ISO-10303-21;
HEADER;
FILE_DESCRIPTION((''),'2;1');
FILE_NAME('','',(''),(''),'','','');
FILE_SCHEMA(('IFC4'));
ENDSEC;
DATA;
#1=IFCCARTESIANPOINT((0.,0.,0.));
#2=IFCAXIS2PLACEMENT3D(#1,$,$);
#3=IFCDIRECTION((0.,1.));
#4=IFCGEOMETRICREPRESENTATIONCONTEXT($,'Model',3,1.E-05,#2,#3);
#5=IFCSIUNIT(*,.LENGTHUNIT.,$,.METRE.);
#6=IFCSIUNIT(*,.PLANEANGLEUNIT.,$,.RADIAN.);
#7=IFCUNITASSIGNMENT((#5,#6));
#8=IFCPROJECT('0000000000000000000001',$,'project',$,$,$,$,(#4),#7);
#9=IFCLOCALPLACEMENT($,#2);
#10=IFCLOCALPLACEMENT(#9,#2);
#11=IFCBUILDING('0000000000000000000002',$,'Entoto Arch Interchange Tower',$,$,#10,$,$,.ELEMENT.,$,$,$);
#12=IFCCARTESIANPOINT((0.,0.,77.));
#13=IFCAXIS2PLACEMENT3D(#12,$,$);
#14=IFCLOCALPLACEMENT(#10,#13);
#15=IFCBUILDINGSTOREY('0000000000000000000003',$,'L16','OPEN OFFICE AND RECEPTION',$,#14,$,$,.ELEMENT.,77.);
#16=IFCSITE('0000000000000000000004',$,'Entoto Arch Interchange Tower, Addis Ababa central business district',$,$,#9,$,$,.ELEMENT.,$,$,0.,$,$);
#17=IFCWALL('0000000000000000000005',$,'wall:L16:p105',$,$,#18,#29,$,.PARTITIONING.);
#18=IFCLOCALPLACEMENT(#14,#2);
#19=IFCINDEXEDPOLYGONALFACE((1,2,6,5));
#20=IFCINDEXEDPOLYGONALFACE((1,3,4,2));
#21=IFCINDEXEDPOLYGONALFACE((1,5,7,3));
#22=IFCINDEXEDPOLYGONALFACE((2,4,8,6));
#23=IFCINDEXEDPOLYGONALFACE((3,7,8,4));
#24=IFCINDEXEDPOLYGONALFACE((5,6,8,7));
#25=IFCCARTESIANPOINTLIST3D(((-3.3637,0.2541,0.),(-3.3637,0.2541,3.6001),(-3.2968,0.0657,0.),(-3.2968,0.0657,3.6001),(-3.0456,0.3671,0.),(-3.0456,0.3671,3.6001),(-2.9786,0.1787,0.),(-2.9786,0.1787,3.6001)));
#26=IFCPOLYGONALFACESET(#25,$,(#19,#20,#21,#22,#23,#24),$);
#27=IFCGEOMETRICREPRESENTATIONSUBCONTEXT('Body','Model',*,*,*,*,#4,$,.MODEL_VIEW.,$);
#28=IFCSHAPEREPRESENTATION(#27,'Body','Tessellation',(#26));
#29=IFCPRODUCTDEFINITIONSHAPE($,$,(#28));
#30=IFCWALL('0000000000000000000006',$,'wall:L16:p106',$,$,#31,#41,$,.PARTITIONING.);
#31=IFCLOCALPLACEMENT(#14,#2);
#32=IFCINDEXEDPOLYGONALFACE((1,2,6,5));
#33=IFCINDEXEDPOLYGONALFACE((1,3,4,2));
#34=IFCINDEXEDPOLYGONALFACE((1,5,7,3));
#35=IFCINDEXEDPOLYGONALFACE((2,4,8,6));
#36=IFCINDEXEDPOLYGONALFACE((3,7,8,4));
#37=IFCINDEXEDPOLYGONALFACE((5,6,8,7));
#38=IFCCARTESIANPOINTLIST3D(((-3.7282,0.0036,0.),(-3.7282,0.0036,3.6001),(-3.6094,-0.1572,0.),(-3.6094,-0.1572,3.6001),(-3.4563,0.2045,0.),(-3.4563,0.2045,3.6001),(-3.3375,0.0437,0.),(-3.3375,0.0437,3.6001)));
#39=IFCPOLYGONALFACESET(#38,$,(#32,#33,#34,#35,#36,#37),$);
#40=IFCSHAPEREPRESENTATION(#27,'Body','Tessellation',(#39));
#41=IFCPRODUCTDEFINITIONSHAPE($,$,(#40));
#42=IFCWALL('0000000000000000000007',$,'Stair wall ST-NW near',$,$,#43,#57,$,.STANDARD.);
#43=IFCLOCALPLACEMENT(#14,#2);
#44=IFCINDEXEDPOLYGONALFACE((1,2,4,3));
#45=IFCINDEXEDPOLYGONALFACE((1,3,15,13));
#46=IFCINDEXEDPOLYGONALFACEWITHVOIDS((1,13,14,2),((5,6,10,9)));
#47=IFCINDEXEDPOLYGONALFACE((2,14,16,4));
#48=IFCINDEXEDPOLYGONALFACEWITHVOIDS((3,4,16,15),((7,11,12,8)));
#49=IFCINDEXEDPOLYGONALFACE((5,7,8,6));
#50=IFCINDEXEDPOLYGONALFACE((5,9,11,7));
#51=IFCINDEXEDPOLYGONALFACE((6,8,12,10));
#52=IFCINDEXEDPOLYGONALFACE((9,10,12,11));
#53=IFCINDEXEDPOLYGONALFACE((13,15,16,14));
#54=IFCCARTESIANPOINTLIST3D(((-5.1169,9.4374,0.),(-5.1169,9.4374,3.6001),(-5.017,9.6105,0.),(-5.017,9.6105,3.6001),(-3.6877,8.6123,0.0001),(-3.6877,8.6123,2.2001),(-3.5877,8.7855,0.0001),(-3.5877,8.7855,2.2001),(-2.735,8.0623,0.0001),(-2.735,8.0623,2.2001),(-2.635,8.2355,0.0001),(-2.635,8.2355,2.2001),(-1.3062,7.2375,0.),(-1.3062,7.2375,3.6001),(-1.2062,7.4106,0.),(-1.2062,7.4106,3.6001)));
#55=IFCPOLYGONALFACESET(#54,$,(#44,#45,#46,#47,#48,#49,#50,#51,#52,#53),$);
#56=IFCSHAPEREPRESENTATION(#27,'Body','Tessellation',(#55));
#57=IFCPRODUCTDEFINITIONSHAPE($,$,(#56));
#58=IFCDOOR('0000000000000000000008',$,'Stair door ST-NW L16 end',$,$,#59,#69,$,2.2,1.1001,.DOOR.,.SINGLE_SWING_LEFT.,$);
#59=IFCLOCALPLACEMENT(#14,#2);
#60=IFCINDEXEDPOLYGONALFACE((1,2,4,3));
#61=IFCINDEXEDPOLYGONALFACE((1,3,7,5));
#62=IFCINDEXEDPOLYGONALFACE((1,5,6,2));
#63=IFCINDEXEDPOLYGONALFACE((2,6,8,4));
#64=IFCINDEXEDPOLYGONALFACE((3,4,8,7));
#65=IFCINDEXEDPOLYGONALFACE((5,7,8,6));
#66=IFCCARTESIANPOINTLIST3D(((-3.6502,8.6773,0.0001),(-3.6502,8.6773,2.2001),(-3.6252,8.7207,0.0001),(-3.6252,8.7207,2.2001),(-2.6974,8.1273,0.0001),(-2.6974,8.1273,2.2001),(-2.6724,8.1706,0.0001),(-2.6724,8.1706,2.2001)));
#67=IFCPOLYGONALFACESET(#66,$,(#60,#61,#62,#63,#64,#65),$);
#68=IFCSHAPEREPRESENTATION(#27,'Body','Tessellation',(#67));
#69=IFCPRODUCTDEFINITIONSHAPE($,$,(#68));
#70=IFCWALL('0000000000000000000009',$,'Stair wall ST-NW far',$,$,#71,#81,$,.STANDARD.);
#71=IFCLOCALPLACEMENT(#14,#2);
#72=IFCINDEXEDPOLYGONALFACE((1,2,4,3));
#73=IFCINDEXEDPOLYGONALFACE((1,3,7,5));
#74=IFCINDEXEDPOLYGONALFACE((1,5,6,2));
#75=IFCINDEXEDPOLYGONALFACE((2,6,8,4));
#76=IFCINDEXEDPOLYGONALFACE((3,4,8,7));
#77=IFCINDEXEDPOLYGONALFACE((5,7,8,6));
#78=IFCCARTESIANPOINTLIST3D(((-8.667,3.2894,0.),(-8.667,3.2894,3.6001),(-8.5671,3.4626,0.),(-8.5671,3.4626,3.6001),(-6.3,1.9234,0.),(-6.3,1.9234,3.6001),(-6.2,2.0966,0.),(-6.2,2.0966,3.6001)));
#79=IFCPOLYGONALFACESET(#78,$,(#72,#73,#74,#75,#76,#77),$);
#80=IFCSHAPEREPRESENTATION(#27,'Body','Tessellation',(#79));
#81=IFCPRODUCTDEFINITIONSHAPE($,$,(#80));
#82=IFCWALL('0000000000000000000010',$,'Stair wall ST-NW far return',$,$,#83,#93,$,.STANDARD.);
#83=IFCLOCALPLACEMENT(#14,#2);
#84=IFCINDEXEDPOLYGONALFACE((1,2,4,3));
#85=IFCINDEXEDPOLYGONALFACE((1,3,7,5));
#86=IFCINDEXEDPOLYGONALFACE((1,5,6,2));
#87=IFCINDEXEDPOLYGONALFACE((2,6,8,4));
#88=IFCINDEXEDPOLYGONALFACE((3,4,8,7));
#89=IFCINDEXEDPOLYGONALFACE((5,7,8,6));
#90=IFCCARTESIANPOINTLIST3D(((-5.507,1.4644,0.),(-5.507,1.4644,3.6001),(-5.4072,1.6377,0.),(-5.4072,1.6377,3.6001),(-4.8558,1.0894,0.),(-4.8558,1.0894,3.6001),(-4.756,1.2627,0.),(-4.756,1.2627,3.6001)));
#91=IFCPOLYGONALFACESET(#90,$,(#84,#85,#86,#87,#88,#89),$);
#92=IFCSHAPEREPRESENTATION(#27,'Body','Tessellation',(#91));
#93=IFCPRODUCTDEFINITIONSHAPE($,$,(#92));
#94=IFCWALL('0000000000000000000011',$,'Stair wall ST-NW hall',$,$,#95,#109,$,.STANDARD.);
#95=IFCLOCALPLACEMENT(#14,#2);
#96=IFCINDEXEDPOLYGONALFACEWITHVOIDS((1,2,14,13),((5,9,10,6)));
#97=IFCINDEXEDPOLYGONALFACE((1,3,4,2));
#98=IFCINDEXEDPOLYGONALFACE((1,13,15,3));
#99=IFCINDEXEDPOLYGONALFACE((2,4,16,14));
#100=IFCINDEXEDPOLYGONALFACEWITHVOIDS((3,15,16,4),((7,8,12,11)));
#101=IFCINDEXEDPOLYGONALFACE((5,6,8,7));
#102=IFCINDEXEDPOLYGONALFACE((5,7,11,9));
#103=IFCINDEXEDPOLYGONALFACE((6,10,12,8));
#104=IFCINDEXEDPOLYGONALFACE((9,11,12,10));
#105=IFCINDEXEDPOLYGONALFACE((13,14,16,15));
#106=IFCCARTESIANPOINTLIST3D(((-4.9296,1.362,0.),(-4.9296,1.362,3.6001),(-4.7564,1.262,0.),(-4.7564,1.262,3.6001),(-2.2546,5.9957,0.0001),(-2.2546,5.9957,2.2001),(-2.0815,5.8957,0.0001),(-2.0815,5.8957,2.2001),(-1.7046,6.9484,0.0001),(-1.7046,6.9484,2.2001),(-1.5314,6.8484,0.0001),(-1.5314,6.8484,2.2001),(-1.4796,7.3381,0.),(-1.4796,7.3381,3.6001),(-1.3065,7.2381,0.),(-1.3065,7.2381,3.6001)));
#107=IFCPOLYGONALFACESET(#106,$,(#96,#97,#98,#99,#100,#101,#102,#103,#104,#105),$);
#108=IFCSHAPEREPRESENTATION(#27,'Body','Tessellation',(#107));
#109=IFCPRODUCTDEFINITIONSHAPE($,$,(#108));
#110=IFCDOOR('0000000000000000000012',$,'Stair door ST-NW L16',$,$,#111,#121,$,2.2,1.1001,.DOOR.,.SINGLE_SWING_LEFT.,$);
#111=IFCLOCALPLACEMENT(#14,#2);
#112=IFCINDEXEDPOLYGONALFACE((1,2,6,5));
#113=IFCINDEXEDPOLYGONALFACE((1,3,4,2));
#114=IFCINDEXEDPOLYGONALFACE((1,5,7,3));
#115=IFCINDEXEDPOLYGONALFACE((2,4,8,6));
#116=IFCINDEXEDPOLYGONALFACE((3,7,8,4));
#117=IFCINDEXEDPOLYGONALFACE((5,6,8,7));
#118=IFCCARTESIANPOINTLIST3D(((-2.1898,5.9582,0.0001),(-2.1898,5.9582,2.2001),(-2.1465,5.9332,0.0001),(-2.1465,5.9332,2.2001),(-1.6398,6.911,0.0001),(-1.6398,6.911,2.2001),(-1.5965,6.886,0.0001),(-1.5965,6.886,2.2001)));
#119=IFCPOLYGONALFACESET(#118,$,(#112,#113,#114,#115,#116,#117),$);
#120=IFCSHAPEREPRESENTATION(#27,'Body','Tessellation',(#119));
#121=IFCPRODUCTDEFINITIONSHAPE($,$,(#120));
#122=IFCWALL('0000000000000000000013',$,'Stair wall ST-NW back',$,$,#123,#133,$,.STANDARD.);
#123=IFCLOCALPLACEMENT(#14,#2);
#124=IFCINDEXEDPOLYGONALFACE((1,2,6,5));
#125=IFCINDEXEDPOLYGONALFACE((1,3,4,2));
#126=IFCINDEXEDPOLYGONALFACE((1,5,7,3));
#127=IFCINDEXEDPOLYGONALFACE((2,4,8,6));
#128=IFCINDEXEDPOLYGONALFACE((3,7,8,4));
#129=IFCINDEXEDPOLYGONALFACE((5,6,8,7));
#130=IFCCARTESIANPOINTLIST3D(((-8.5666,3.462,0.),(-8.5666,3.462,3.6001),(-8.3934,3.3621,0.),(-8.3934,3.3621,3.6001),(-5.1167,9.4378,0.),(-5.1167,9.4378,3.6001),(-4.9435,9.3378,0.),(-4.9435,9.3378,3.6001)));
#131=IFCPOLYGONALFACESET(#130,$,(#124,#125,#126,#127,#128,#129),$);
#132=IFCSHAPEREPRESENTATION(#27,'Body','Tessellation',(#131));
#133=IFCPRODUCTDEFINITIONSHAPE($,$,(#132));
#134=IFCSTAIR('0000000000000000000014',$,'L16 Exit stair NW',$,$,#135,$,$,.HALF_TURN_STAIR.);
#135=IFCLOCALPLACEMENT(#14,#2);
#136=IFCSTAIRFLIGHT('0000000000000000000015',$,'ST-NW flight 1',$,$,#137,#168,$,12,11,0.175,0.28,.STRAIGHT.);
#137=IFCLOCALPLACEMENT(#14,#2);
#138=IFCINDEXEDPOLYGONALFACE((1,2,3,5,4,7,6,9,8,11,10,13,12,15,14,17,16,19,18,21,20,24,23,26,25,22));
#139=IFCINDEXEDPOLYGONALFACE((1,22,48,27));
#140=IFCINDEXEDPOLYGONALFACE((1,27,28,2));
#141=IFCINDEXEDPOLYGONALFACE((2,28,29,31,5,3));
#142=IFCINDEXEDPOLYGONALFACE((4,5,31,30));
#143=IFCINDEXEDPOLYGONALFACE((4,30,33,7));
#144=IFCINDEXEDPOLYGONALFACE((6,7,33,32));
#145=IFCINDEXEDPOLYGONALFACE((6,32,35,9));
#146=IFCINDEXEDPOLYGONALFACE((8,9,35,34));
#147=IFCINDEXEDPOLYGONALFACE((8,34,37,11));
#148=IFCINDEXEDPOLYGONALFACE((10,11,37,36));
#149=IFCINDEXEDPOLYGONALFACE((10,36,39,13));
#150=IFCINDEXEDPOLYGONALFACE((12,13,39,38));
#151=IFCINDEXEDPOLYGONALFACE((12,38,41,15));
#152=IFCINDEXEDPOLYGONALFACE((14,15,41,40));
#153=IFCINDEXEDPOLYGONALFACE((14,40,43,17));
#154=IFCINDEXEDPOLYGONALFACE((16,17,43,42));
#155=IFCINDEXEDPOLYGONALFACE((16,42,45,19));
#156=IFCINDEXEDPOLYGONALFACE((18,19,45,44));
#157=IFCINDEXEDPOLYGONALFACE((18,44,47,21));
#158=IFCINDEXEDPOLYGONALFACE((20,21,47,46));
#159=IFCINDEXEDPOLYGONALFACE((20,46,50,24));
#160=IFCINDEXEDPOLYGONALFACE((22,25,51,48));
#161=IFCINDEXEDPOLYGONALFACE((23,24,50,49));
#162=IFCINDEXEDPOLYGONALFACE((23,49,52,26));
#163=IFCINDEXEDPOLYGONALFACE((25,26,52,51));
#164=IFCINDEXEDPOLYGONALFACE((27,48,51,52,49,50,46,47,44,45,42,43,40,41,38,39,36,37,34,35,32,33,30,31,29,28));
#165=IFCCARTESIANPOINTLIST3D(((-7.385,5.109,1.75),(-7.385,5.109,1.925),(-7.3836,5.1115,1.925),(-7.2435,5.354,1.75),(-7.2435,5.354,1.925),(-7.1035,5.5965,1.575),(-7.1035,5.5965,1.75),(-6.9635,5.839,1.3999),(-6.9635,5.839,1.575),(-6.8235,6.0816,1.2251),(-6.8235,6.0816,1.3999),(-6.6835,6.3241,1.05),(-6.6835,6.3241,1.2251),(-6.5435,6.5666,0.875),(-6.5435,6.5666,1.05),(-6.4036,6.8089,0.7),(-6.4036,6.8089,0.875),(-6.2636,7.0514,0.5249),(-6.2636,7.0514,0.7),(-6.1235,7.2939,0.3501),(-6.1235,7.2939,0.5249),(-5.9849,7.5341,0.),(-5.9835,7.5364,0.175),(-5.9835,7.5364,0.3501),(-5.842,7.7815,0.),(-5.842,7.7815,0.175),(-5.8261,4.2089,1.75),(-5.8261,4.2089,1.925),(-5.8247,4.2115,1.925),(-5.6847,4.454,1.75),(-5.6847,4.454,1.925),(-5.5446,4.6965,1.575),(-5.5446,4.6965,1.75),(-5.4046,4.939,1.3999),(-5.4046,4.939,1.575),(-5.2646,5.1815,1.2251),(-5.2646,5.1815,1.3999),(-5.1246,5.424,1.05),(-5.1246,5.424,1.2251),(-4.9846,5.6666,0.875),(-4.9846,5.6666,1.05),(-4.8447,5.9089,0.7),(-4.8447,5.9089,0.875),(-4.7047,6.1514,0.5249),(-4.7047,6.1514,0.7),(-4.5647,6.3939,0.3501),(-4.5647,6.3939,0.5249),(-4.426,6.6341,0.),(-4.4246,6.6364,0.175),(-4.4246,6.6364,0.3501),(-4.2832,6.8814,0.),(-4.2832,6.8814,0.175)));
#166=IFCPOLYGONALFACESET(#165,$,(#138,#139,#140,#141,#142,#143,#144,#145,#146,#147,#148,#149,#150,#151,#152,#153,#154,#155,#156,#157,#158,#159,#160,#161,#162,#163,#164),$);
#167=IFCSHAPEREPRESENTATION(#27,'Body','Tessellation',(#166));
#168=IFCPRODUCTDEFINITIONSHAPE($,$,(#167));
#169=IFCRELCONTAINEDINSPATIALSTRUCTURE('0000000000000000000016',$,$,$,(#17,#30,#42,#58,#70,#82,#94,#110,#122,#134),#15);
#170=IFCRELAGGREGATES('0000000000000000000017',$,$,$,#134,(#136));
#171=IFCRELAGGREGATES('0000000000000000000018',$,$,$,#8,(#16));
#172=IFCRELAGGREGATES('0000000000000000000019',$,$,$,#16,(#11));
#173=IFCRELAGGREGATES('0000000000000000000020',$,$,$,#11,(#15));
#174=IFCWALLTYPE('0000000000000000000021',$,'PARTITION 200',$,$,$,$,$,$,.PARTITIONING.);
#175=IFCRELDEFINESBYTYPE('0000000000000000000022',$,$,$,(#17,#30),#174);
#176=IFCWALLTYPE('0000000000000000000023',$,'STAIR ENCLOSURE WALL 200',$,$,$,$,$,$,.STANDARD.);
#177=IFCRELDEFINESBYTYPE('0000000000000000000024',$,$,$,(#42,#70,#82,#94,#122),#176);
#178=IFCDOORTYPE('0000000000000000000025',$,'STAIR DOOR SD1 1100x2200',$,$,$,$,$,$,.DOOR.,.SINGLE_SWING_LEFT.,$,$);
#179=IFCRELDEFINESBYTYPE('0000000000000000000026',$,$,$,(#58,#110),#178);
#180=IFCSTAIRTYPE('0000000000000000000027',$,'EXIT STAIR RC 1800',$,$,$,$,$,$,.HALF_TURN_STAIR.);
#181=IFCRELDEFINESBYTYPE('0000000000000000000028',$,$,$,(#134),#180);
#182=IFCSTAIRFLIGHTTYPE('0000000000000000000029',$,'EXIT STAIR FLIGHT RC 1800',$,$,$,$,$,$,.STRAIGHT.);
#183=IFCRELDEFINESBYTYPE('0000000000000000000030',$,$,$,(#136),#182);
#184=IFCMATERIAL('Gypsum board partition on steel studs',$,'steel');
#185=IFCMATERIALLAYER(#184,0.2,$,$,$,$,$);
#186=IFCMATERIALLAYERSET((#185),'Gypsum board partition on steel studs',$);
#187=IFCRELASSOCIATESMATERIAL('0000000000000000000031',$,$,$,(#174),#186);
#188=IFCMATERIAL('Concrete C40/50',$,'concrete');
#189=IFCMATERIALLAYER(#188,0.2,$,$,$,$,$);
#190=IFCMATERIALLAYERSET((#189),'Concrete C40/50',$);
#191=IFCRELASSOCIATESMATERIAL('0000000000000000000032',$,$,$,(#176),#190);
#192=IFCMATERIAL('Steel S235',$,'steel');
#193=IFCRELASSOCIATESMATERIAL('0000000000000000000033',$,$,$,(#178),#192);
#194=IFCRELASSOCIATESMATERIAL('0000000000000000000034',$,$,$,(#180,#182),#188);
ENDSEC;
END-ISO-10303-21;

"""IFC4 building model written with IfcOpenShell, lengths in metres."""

from ifc_helpers import new_model, si_unit, direction, frame, frame_2d, origin, place, context, subcontext, project, spatial, polyline, rectangle, outline, extrude, material, layer, layer_set, type_object, element, fill, aggregate, save


model = new_model("IFC4")

# Units and contexts
model_context = context("Model", 3, precision=1e-05, world=origin(), true_north=direction((0.0, 1.0)))
body_context = subcontext(model_context, "Body", "Model", "MODEL_VIEW")
ifc_project = project(units=[si_unit("LENGTHUNIT", "METRE"), si_unit("PLANEANGLEUNIT", "RADIAN")], contexts=[model_context])

# Site, building, storey
site_placement = place(None, origin())
site = spatial("IfcSite", under=ifc_project, at=site_placement, Name="Entoto Arch Interchange Tower, Addis Ababa central business district", CompositionType="ELEMENT", RefElevation=0.0)
building_placement = place(site_placement, origin())
building = spatial("IfcBuilding", under=site, at=building_placement, Name="Entoto Arch Interchange Tower", CompositionType="ELEMENT")
storey_placement = place(building_placement, frame((0.0, 0.0, 77.0)))
storey = spatial("IfcBuildingStorey", under=building, at=storey_placement, Name="L16", Description="OPEN OFFICE AND RECEPTION", CompositionType="ELEMENT", Elevation=77.0)

# Shared definitions
ifc_material_1 = material(Name="Concrete C40/50", Category="concrete")

# Shared definitions
ifc_material_2 = material(Name="Gypsum board partition on steel studs", Category="steel")
ifc_layer_1 = layer(ifc_material_2, 0.2)
ifc_layer_set_1 = layer_set([ifc_layer_1], Name="Gypsum board partition on steel studs")
wall_type_1 = type_object("IfcWallType", Name="PARTITION 200", PredefinedType="PARTITIONING", material=ifc_layer_set_1)

# Walls
wall_1_placement = place(storey_placement, frame((-3.012, 0.2729, 0.0), z_axis=(0.0, 0.0, 1.0), x_axis=(-0.942281, -0.334824, 0.0)))
element("IfcWall", 1, at=wall_1_placement, inside=storey, type_object=wall_type_1, Name="wall:L16:p105", PredefinedType="PARTITIONING", context=body_context, shape_type="SweptSolid", body=[
    extrude(rectangle(XDim=0.3376, YDim=0.2, at=frame_2d((0.1689, 0.0))), origin(), (0.0, 0.0, 1.0), 3.6001),
])
wall_2_placement = place(storey_placement, frame((-3.397, 0.124, 0.0), z_axis=(0.0, 0.0, 1.0), x_axis=(-0.804311, -0.594208, 0.0)))
element("IfcWall", 2, at=wall_2_placement, inside=storey, type_object=wall_type_1, Name="wall:L16:p106", PredefinedType="PARTITIONING", context=body_context, shape_type="SweptSolid", body=[
    extrude(rectangle(XDim=0.3381, YDim=0.2, at=frame_2d((0.1689, 0.0))), origin(), (0.0, 0.0, 1.0), 3.6001),
])

# Wall, opening, door
ifc_layer_2 = layer(ifc_material_1, 0.2)
ifc_layer_set_2 = layer_set([ifc_layer_2], Name="Concrete C40/50")
wall_type_2 = type_object("IfcWallType", Name="STAIR ENCLOSURE WALL 200", PredefinedType="STANDARD", material=ifc_layer_set_2)
wall_3_placement = place(storey_placement, frame((-1.2561, 7.324, 0.0), z_axis=(0.0, 0.0, 1.0), x_axis=(-0.866046, 0.499964, 0.0)))
wall_3 = element("IfcWall", 3, at=wall_3_placement, inside=storey, type_object=wall_type_2, Name="Stair wall ST-NW near", PredefinedType="STANDARD", context=body_context, shape_type="SweptSolid", body=[
    extrude(rectangle(XDim=4.4001, YDim=0.2, at=frame_2d((2.2002, 0.0))), origin(), (0.0, 0.0, 1.0), 3.6001),
])
opening_1_placement = place(wall_3_placement, frame((1.6499, 0.0, 0.0)))
opening_1 = element("IfcOpeningElement", 4, at=opening_1_placement, cuts=wall_3, PredefinedType="OPENING", context=body_context, shape_type="SweptSolid", body=[
    extrude(rectangle(XDim=1.1001, YDim=2.2, at=frame_2d((0.55, 1.1001))), frame((0.0, 0.1099, 0.0), z_axis=(0.0, -1.0, 0.0), x_axis=(1.0, 0.0, 0.0)), (0.0, 0.0, 1.0), 0.22),
])
ifc_material_3 = material(Name="Steel S235", Category="steel")
door_type_1 = type_object("IfcDoorType", Name="STAIR DOOR SD1 1100x2200", OperationType="SINGLE_SWING_LEFT", PredefinedType="DOOR", material=ifc_material_3)
door_1_placement = place(opening_1_placement, origin())
door_1 = element("IfcDoor", 5, at=door_1_placement, inside=storey, type_object=door_type_1, Name="Stair door ST-NW L16 end", OperationType="SINGLE_SWING_LEFT", OverallHeight=2.2, OverallWidth=1.1001, PredefinedType="DOOR", context=body_context, shape_type="SweptSolid", body=[
    extrude(rectangle(XDim=1.1001, YDim=2.2, at=frame_2d((0.55, 1.1001))), frame((0.0, 0.0249, 0.0), z_axis=(0.0, -1.0, 0.0), x_axis=(1.0, 0.0, 0.0)), (0.0, 0.0, 1.0), 0.05),
])
fill(opening_1, door_1)

# Walls
wall_4_placement = place(storey_placement, frame((-6.25, 2.01, 0.0), z_axis=(0.0, 0.0, 1.0), x_axis=(-0.866119, 0.499838, 0.0)))
element("IfcWall", 6, at=wall_4_placement, inside=storey, type_object=wall_type_2, Name="Stair wall ST-NW far", PredefinedType="STANDARD", context=body_context, shape_type="SweptSolid", body=[
    extrude(rectangle(XDim=2.7329, YDim=0.2, at=frame_2d((1.3665, 0.0))), origin(), (0.0, 0.0, 1.0), 3.6001),
])
wall_5_placement = place(storey_placement, frame((-4.8059, 1.176, 0.0), z_axis=(0.0, 0.0, 1.0), x_axis=(-0.866559, 0.499075, 0.0)))
element("IfcWall", 7, at=wall_5_placement, inside=storey, type_object=wall_type_2, Name="Stair wall ST-NW far return", PredefinedType="STANDARD", context=body_context, shape_type="SweptSolid", body=[
    extrude(rectangle(XDim=0.7515, YDim=0.2, at=frame_2d((0.3757, 0.0))), origin(), (0.0, 0.0, 1.0), 3.6001),
])

# Wall, opening, door
wall_6_placement = place(storey_placement, frame((-1.3931, 7.2881, 0.0), z_axis=(0.0, 0.0, 1.0), x_axis=(-0.499963, -0.866047, 0.0)))
wall_6 = element("IfcWall", 8, at=wall_6_placement, inside=storey, type_object=wall_type_2, Name="Stair wall ST-NW hall", PredefinedType="STANDARD", context=body_context, shape_type="SweptSolid", body=[
    extrude(rectangle(XDim=6.9004, YDim=0.2, at=frame_2d((3.4502, 0.0))), origin(), (0.0, 0.0, 1.0), 3.6001),
])
opening_2_placement = place(wall_6_placement, frame((0.45, 0.0, 0.0)))
opening_2 = element("IfcOpeningElement", 9, at=opening_2_placement, cuts=wall_6, PredefinedType="OPENING", context=body_context, shape_type="SweptSolid", body=[
    extrude(rectangle(XDim=1.1001, YDim=2.2, at=frame_2d((0.55, 1.1001))), frame((0.0, 0.1099, 0.0), z_axis=(0.0, -1.0, 0.0), x_axis=(1.0, 0.0, 0.0)), (0.0, 0.0, 1.0), 0.22),
])
door_2_placement = place(opening_2_placement, origin())
door_2 = element("IfcDoor", 10, at=door_2_placement, inside=storey, type_object=door_type_1, Name="Stair door ST-NW L16", OperationType="SINGLE_SWING_LEFT", OverallHeight=2.2, OverallWidth=1.1001, PredefinedType="DOOR", context=body_context, shape_type="SweptSolid", body=[
    extrude(rectangle(XDim=1.1001, YDim=2.2, at=frame_2d((0.55, 1.1001))), frame((0.0, 0.0249, 0.0), z_axis=(0.0, -1.0, 0.0), x_axis=(1.0, 0.0, 0.0)), (0.0, 0.0, 1.0), 0.05),
])
fill(opening_2, door_2)

# Wall
wall_7_placement = place(storey_placement, frame((-5.03, 9.3879, 0.0), z_axis=(0.0, 0.0, 1.0), x_axis=(-0.499979, -0.866038, 0.0)))
element("IfcWall", 11, at=wall_7_placement, inside=storey, type_object=wall_type_2, Name="Stair wall ST-NW back", PredefinedType="STANDARD", context=body_context, shape_type="SweptSolid", body=[
    extrude(rectangle(XDim=6.9001, YDim=0.2, at=frame_2d((3.4502, 0.0))), origin(), (0.0, 0.0, 1.0), 3.6001),
])

# Stair, stair flight
stair_type = type_object("IfcStairType", Name="EXIT STAIR RC 1800", PredefinedType="HALF_TURN_STAIR", material=ifc_material_1)
stair_placement = place(storey_placement, origin())
stair = element("IfcStair", 12, at=stair_placement, inside=storey, type_object=stair_type, Name="L16 Exit stair NW", PredefinedType="HALF_TURN_STAIR")
stair_flight_type = type_object("IfcStairFlightType", Name="EXIT STAIR FLIGHT RC 1800", PredefinedType="STRAIGHT", material=ifc_material_1)
stair_flight_1_placement = place(storey_placement, frame((-5.064, 7.3289, 0.0), z_axis=(0.0, 0.0, 1.0), x_axis=(-0.5, -0.866025, 0.0)))
stair_flight_1 = element("IfcStairFlight", 13, at=stair_flight_1_placement, type_object=stair_flight_type, Name="ST-NW flight 1", NumberOfRisers=12, NumberOfTreads=11, PredefinedType="STRAIGHT", RiserHeight=0.175, TreadLength=0.28, context=body_context, shape_type="SweptSolid", body=[
    extrude(outline(polyline([(-0.0029, 0.0), (-0.0029, 0.175), (0.28, 0.175), (0.28, 0.3501), (0.5601, 0.3501), (0.5601, 0.5249), (0.8401, 0.5249), (0.8401, 0.7), (1.1201, 0.7), (1.1201, 0.875), (1.3999, 0.875), (1.3999, 1.05), (1.6799, 1.05), (1.6799, 1.2251), (1.96, 1.2251), (1.96, 1.3999), (2.24, 1.3999), (2.24, 1.575), (2.52, 1.575), (2.52, 1.75), (2.8, 1.75), (2.8, 1.925), (3.0801, 1.925), (3.083, 1.925), (3.083, 1.75), (0.2827, 0.0), (-0.0029, 0.0)])), frame((0.0, 0.8999, 0.0), z_axis=(0.0, -1.0, 0.0), x_axis=(1.0, 0.0, 0.0)), (0.0, 0.0, 1.0), 1.8),
])
aggregate(stair, [stair_flight_1])

save(model, "model.ifc")
